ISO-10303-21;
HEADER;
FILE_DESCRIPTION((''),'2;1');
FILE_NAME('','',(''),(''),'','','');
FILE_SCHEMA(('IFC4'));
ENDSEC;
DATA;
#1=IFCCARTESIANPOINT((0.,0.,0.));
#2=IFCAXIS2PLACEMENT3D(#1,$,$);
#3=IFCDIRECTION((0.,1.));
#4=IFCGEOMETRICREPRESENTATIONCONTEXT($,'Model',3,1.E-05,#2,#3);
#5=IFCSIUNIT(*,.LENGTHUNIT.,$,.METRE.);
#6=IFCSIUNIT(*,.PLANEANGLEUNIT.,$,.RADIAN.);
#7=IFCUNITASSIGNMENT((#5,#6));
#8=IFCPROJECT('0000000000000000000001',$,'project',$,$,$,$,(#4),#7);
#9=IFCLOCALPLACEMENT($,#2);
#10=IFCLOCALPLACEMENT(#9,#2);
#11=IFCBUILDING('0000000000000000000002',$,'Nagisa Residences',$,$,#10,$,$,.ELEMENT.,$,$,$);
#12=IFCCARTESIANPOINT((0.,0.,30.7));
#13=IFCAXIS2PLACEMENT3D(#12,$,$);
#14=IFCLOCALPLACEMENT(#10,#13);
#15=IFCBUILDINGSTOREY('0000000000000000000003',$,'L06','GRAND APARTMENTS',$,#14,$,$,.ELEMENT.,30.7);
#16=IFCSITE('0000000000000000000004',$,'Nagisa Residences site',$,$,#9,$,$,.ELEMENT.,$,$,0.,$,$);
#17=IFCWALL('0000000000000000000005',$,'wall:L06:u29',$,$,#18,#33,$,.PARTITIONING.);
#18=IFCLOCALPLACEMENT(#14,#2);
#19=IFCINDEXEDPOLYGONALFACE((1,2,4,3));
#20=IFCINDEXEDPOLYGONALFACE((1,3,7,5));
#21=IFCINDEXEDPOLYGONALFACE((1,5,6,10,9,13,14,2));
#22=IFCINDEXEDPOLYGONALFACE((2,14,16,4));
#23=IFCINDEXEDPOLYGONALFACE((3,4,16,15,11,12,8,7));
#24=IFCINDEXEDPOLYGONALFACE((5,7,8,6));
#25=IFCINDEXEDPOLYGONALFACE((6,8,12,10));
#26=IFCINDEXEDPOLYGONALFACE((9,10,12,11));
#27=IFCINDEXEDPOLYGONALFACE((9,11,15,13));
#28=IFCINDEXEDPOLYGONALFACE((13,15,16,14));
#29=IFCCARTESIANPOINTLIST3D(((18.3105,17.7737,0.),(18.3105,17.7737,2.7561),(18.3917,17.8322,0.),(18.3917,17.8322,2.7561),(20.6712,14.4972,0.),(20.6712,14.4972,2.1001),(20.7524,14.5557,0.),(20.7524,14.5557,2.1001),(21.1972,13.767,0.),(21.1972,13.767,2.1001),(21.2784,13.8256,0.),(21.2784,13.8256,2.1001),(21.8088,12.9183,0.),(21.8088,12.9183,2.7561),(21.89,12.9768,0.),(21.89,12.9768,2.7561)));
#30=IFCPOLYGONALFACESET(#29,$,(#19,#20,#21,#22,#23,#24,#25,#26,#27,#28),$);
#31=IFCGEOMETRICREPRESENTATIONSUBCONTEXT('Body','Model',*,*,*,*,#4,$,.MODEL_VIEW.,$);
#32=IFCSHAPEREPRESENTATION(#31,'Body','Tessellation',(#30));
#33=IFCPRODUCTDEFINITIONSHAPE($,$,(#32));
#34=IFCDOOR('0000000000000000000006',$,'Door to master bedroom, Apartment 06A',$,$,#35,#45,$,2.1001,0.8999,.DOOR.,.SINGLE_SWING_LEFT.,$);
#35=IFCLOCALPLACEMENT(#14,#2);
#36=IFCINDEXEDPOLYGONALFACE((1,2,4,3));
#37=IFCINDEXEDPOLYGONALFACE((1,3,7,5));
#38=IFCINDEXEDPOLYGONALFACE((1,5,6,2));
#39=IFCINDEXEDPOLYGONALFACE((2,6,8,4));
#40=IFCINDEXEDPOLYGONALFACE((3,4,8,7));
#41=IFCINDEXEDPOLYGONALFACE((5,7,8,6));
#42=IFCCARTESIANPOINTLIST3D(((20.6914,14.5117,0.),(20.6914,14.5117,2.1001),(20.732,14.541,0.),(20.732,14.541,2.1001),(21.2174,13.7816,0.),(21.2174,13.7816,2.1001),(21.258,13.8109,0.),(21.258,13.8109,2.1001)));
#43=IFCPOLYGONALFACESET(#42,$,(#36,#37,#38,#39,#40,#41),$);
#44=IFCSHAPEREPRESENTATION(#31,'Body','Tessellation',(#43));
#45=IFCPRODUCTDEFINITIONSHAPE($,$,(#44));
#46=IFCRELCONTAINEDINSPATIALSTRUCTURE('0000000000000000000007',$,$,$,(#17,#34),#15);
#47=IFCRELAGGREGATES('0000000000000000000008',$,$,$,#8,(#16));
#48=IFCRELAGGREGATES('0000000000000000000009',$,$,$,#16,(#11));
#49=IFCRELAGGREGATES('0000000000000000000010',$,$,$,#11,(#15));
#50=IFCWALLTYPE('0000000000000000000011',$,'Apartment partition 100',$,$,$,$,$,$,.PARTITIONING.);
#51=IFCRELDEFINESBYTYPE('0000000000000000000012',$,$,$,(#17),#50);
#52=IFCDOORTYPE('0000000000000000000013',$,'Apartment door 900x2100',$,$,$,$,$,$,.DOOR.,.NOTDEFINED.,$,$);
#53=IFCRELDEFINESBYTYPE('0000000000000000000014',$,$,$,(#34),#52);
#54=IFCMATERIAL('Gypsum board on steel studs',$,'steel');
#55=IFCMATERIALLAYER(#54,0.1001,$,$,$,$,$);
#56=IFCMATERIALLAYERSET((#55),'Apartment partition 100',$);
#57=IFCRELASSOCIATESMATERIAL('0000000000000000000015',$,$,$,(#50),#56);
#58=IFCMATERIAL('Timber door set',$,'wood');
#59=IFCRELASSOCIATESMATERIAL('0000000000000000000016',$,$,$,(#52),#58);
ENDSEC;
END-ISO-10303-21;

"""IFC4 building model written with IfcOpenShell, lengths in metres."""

from ifc_helpers import new_model, si_unit, direction, frame, frame_2d, origin, place, context, subcontext, project, spatial, rectangle, extrude, material, layer, layer_set, type_object, element, fill, save


model = new_model("IFC4")

# Units and contexts
model_context = context("Model", 3, precision=1e-05, world=origin(), true_north=direction((0.0, 1.0)))
body_context = subcontext(model_context, "Body", "Model", "MODEL_VIEW")
ifc_project = project(units=[si_unit("LENGTHUNIT", "METRE"), si_unit("PLANEANGLEUNIT", "RADIAN")], contexts=[model_context])

# Site, building, storey
site_placement = place(None, origin())
site = spatial("IfcSite", under=ifc_project, at=site_placement, Name="Nagisa Residences site", CompositionType="ELEMENT", RefElevation=0.0)
building_placement = place(site_placement, origin())
building = spatial("IfcBuilding", under=site, at=building_placement, Name="Nagisa Residences", CompositionType="ELEMENT")
storey_placement = place(building_placement, frame((0.0, 0.0, 30.7)))
storey = spatial("IfcBuildingStorey", under=building, at=storey_placement, Name="L06", Description="GRAND APARTMENTS", CompositionType="ELEMENT", Elevation=30.7)

# Shared definitions
ifc_material_1 = material(Name="Gypsum board on steel studs", Category="steel")
ifc_layer_1 = layer(ifc_material_1, 0.1001)
ifc_layer_set_1 = layer_set([ifc_layer_1], Name="Apartment partition 100")
wall_type_1 = type_object("IfcWallType", Name="Apartment partition 100", PredefinedType="PARTITIONING", material=ifc_layer_set_1)
ifc_material_2 = material(Name="Timber door set", Category="wood")
door_type_1 = type_object("IfcDoorType", Name="Apartment door 900x2100", OperationType="NOTDEFINED", PredefinedType="DOOR", material=ifc_material_2)

# Wall, opening, door
wall_1_placement = place(storey_placement, frame((21.8494, 12.9475, 0.0), z_axis=(0.0, 0.0, 1.0), x_axis=(-0.584564, 0.811348, 0.0)))
wall_1 = element("IfcWall", 1, at=wall_1_placement, inside=storey, type_object=wall_type_1, Name="wall:L06:u29", PredefinedType="PARTITIONING", context=body_context, shape_type="SweptSolid", body=[
    extrude(rectangle(XDim=5.9844, YDim=0.1001, at=frame_2d((2.9922, 0.0))), origin(), (0.0, 0.0, 1.0), 2.7561),
])
opening_1_placement = place(wall_1_placement, frame((1.0461, 0.0, 0.0)))
opening_1 = element("IfcOpeningElement", 2, at=opening_1_placement, cuts=wall_1, PredefinedType="OPENING", context=body_context, shape_type="SweptSolid", body=[
    extrude(rectangle(XDim=0.8999, YDim=2.1001, at=frame_2d((0.45, 1.05))), frame((0.0, 0.0601, 0.0), z_axis=(0.0, -1.0, 0.0), x_axis=(1.0, 0.0, 0.0)), (0.0, 0.0, 1.0), 0.1201),
])
door_1_placement = place(opening_1_placement, frame((0.8999, 0.0, 0.0), x_axis=(-1.0, 0.0, 0.0)))
door_1 = element("IfcDoor", 3, at=door_1_placement, inside=storey, type_object=door_type_1, Name="Door to master bedroom, Apartment 06A", OperationType="SINGLE_SWING_LEFT", OverallHeight=2.1001, OverallWidth=0.8999, PredefinedType="DOOR", context=body_context, shape_type="SweptSolid", body=[
    extrude(rectangle(XDim=0.8999, YDim=2.1001, at=frame_2d((0.45, 1.05))), frame((0.0, 0.0249, 0.0), z_axis=(0.0, -1.0, 0.0), x_axis=(1.0, 0.0, 0.0)), (0.0, 0.0, 1.0), 0.05),
])
fill(opening_1, door_1)

save(model, "model.ifc")
